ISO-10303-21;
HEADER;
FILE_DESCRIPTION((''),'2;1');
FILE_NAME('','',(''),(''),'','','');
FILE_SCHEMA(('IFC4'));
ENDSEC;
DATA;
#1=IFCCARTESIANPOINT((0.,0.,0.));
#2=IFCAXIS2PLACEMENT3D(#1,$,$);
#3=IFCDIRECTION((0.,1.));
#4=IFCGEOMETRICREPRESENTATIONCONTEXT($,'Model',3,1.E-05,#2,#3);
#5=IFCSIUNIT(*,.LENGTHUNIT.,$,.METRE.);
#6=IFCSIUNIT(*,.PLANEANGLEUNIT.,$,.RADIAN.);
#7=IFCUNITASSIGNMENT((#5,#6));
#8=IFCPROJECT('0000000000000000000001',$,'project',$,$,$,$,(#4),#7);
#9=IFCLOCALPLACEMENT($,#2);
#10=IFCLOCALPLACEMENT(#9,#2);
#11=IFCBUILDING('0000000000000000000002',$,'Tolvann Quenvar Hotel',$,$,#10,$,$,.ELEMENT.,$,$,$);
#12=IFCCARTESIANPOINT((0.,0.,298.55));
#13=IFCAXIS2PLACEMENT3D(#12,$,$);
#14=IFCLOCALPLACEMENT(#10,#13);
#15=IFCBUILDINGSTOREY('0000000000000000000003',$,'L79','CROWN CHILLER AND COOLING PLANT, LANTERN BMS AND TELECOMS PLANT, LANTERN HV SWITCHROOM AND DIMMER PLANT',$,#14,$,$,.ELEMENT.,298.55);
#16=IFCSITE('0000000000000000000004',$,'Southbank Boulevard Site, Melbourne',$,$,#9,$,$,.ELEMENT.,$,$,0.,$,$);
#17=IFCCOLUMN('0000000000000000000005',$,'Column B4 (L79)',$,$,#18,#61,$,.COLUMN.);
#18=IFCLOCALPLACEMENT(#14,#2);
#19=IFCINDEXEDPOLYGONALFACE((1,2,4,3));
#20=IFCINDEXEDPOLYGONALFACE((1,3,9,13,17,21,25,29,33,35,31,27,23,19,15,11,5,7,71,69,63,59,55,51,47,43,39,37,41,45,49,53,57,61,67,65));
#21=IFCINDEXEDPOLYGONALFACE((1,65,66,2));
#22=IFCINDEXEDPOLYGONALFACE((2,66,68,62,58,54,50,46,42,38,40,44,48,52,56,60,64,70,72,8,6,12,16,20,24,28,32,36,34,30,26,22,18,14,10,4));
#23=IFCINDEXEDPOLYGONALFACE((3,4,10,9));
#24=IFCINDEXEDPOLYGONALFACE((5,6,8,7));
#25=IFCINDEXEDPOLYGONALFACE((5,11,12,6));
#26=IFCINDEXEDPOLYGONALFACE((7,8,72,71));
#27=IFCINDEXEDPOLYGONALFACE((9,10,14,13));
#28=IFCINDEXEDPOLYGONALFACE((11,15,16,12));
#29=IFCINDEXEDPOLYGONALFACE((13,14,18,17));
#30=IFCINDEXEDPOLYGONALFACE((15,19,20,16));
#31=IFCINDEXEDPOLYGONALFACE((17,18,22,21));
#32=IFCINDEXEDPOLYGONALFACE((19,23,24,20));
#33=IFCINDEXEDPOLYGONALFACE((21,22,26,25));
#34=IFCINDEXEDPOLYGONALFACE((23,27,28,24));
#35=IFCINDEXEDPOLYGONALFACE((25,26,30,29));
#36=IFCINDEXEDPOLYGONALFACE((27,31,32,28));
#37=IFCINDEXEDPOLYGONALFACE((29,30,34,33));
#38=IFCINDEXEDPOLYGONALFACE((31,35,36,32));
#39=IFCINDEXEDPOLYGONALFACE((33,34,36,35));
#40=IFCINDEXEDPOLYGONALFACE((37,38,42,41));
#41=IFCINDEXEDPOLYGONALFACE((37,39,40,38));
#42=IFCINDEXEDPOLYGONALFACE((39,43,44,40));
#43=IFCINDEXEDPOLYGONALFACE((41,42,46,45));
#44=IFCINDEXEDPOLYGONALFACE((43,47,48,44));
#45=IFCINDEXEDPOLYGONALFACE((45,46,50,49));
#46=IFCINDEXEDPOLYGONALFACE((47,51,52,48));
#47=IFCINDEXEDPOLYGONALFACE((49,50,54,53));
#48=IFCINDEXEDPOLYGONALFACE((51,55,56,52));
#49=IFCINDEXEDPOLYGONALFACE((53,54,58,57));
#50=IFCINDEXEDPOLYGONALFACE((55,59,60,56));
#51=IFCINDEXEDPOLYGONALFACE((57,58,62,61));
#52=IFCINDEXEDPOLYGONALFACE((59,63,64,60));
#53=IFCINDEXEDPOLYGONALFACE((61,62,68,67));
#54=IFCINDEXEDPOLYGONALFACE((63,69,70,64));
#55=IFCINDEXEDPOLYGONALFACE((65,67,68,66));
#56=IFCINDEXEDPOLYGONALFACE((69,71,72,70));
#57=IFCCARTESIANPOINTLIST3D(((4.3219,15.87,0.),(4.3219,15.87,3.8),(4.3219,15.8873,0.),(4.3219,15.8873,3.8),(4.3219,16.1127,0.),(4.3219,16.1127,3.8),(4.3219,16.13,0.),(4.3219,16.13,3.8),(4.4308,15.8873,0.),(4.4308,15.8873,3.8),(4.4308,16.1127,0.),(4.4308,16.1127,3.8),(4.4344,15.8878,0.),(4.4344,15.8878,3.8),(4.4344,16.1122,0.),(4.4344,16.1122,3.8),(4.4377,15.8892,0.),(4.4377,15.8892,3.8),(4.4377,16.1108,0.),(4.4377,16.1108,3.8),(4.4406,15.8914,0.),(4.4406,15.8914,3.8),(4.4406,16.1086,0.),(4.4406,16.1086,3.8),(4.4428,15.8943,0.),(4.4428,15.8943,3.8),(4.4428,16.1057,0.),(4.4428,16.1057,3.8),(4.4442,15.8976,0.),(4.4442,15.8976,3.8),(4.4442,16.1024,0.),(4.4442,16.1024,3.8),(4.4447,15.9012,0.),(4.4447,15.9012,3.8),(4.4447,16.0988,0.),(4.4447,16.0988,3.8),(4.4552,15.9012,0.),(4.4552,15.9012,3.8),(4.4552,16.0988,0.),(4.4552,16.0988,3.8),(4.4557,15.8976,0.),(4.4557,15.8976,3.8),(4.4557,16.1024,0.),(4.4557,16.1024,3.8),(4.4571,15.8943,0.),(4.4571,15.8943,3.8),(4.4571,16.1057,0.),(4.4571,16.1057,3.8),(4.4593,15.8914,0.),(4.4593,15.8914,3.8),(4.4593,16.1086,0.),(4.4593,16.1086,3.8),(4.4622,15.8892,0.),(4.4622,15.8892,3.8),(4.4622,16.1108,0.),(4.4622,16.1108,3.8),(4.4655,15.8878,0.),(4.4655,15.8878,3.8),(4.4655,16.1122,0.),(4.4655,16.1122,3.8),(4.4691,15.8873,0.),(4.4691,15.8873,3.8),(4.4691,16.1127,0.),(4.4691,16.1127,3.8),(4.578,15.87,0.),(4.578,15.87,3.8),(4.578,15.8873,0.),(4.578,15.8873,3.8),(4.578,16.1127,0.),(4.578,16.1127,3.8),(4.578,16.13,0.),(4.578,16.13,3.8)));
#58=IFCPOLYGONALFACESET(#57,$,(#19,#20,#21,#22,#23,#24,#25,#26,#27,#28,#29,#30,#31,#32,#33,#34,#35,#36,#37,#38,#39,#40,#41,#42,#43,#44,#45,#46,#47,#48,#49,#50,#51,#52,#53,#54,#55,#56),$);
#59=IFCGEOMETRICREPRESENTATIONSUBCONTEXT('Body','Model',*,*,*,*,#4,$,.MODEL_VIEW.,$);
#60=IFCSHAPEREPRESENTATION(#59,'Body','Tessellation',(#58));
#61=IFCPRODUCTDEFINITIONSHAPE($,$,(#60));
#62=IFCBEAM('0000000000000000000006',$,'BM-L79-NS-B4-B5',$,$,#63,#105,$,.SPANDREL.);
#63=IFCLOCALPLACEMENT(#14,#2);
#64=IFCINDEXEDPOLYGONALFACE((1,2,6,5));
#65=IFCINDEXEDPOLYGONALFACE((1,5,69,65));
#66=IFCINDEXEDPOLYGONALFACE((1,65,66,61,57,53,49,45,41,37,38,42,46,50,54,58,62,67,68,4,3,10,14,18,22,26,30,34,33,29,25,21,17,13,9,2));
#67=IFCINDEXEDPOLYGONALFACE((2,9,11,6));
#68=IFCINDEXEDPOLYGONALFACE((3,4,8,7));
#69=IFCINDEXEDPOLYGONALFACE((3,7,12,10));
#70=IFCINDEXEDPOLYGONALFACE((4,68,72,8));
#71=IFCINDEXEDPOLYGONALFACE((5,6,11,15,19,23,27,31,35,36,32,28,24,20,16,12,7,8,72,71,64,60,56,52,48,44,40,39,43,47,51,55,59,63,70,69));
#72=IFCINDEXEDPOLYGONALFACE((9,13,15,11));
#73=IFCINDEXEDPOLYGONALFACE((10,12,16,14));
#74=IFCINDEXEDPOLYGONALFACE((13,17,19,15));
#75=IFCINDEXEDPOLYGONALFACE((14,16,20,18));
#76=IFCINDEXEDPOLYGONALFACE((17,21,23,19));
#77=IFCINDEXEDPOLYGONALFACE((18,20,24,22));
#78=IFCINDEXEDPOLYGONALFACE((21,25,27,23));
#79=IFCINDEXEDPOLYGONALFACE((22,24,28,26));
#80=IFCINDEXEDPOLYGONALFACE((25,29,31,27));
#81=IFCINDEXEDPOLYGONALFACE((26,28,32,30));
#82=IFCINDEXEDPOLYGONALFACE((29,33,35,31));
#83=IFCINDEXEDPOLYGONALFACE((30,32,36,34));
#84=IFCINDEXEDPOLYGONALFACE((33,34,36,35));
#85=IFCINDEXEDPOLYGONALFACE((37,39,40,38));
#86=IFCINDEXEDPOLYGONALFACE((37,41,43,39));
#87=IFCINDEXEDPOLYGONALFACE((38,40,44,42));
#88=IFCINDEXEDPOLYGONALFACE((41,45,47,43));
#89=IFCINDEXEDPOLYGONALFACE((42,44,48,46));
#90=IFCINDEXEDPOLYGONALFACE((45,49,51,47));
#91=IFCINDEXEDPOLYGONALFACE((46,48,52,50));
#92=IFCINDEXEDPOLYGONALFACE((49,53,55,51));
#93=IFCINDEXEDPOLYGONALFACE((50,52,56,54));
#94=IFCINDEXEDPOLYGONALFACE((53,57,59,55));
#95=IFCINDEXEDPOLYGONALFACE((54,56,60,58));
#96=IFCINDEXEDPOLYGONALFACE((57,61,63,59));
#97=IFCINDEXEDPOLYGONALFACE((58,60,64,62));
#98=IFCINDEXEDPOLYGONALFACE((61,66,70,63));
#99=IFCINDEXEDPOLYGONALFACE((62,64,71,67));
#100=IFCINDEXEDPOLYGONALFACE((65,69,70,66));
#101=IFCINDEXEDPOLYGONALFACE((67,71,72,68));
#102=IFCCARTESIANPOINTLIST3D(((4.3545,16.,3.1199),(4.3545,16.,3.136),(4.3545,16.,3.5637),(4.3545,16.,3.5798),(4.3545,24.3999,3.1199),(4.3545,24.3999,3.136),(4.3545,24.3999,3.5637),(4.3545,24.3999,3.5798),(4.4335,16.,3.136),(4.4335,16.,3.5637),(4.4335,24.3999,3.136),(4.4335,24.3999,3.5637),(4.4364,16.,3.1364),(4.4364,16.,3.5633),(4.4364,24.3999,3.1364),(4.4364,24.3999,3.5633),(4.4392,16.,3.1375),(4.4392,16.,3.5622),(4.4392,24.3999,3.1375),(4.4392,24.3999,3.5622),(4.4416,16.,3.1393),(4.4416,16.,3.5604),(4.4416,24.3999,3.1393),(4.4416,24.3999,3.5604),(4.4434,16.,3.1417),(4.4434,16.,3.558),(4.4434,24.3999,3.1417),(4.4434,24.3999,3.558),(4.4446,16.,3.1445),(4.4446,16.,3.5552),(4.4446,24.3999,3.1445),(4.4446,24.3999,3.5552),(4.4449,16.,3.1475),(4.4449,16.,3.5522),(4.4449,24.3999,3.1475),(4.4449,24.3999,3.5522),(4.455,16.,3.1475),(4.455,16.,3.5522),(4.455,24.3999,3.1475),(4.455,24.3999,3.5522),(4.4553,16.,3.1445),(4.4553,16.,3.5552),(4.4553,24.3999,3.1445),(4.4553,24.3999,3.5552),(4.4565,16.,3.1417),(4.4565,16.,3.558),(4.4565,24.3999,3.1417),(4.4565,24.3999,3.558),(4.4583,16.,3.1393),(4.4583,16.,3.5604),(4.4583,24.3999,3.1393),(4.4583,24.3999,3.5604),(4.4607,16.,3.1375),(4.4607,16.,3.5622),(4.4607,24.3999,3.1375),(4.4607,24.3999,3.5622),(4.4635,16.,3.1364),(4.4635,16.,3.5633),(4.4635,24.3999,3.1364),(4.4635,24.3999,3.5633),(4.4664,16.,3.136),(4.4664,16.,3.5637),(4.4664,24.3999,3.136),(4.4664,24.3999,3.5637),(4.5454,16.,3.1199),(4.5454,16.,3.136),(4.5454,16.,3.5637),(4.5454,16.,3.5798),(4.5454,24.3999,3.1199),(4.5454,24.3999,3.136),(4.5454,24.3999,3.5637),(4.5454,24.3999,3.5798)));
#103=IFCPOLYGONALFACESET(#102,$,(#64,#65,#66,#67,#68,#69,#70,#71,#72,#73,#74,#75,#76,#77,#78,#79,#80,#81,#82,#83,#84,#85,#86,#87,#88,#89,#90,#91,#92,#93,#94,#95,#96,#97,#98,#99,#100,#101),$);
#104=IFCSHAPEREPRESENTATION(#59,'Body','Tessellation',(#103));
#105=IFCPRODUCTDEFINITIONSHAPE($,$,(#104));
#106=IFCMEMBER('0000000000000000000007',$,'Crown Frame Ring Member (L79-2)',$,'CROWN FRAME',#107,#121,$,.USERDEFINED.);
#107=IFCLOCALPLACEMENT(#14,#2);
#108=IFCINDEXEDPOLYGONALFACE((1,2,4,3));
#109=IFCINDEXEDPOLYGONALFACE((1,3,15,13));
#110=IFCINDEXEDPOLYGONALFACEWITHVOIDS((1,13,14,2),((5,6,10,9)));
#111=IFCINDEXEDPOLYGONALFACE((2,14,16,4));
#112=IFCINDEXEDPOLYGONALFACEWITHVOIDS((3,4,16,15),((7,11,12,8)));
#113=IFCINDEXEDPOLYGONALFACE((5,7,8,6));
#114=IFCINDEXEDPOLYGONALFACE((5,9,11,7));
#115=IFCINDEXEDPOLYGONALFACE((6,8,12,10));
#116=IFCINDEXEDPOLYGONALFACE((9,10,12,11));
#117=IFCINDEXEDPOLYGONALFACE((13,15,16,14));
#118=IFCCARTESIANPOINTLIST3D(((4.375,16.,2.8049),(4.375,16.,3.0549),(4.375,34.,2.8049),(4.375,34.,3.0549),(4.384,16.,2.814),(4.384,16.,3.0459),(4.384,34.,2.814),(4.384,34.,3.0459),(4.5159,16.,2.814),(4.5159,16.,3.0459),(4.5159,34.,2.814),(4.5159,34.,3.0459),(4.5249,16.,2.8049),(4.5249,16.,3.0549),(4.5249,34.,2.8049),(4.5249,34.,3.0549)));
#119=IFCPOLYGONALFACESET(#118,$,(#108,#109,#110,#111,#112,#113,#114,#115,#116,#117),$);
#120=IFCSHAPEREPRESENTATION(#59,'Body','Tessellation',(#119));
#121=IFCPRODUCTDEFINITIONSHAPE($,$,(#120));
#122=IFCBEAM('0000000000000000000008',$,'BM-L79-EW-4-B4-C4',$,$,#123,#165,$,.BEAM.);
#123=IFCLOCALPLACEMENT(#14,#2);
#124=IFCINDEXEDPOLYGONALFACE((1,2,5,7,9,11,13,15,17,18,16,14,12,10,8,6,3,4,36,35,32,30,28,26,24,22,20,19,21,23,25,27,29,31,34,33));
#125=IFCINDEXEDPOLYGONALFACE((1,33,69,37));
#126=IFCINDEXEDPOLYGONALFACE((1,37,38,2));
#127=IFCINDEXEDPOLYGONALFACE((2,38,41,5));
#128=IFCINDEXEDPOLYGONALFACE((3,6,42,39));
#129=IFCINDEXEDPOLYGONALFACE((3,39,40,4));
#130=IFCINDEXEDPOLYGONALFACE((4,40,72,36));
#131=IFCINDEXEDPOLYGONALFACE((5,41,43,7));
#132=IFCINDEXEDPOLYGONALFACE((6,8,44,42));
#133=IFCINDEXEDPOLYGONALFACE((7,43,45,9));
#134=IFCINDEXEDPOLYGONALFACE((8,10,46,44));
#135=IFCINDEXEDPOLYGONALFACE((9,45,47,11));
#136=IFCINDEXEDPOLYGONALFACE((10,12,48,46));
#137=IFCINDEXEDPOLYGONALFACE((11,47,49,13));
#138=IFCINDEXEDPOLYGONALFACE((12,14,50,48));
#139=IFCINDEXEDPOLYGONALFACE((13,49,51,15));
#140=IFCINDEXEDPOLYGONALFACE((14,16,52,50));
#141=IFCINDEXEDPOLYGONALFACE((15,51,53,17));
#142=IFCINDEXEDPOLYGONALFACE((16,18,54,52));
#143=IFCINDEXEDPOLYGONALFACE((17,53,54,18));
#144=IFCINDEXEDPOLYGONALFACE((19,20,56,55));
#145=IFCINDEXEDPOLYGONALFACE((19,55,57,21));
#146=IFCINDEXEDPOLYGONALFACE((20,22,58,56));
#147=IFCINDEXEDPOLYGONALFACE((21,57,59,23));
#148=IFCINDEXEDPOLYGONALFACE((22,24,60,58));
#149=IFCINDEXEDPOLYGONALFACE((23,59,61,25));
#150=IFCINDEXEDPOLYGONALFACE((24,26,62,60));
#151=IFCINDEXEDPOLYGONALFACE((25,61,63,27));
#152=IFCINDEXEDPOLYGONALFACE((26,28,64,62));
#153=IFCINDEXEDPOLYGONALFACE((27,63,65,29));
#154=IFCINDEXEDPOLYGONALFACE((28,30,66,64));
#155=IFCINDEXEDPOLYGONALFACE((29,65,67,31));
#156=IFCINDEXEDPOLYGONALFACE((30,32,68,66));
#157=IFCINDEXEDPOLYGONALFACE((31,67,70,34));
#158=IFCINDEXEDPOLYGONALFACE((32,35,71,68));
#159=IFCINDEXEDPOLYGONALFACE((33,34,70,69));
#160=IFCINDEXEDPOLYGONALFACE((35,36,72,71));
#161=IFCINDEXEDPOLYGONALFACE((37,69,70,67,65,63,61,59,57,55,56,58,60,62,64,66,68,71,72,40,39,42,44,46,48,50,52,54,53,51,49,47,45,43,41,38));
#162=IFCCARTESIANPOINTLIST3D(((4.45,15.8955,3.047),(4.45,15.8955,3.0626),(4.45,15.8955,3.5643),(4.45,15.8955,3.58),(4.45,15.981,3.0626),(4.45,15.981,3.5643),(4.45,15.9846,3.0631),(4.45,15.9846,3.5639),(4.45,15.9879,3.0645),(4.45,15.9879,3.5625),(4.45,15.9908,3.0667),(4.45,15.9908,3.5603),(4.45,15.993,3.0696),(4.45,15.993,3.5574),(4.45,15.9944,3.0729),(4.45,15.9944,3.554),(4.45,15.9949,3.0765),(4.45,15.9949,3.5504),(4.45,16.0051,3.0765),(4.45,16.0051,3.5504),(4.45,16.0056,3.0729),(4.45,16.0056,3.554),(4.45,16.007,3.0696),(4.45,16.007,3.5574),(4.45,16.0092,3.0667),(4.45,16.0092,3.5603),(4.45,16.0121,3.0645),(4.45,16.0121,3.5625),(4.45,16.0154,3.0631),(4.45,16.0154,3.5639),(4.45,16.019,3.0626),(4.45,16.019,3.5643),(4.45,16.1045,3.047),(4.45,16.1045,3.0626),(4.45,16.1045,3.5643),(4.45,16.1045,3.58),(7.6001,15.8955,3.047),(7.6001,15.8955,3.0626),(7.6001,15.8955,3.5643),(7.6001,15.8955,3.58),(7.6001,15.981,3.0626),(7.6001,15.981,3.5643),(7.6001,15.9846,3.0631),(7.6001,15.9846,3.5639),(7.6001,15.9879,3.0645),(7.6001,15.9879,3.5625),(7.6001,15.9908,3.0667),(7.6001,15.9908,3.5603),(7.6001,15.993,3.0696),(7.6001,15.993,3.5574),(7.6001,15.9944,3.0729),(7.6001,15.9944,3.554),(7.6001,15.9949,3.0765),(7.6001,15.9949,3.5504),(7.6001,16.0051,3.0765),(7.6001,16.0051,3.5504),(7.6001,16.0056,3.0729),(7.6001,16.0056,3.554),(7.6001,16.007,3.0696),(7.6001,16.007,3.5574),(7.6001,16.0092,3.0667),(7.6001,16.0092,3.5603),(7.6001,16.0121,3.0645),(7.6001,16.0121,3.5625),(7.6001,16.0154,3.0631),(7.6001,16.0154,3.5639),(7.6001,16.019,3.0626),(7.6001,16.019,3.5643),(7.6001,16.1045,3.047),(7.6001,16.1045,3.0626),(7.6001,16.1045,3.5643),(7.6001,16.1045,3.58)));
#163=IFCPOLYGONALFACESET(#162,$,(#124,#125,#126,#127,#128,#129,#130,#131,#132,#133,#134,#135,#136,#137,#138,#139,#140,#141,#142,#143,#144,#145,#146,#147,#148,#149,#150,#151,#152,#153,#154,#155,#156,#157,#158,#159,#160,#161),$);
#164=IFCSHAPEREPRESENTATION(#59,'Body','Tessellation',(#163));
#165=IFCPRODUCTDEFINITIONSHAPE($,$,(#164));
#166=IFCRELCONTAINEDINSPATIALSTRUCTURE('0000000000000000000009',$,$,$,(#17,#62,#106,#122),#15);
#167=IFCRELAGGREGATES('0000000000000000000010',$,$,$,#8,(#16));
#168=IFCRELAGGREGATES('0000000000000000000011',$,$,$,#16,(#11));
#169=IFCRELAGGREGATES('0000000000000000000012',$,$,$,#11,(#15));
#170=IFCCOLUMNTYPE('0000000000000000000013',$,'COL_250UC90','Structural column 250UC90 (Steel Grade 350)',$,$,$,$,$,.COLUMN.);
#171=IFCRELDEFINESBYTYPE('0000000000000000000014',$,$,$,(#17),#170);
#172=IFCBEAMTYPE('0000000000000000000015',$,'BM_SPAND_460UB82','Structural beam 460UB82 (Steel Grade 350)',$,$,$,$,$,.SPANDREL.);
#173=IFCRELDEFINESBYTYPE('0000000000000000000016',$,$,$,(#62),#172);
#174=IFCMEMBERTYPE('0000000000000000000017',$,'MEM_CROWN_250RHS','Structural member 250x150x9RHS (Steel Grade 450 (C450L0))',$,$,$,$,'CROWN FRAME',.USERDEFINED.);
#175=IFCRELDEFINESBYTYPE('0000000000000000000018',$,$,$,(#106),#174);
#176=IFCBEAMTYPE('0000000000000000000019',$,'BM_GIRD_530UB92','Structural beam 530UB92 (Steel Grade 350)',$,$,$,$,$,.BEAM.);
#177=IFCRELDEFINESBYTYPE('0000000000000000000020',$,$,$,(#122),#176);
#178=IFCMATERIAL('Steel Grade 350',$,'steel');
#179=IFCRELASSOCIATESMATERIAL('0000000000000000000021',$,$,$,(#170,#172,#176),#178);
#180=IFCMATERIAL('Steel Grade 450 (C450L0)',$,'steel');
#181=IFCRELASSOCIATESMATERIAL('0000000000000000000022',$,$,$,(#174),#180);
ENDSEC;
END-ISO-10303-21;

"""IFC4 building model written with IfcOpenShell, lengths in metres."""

from ifc_helpers import new_model, si_unit, direction, frame, origin, origin_2d, place, context, subcontext, project, spatial, hollow_rectangle, i_section, extrude, source, transform, mapped, material, material_profile, profile_set, type_object, type_shapes, element, save


model = new_model("IFC4")

# Units and contexts
model_context = context("Model", 3, precision=1e-05, world=origin(), true_north=direction((0.0, 1.0)))
body_context = subcontext(model_context, "Body", "Model", "MODEL_VIEW")
ifc_project = project(units=[si_unit("LENGTHUNIT", "METRE"), si_unit("PLANEANGLEUNIT", "RADIAN")], contexts=[model_context])

# Site, building, storey
site_placement = place(None, origin())
site = spatial("IfcSite", under=ifc_project, at=site_placement, Name="Southbank Boulevard Site, Melbourne", CompositionType="ELEMENT", RefElevation=0.0)
building_placement = place(site_placement, origin())
building = spatial("IfcBuilding", under=site, at=building_placement, Name="Tolvann Quenvar Hotel", CompositionType="ELEMENT")
storey_placement = place(building_placement, frame((0.0, 0.0, 298.55)))
storey = spatial("IfcBuildingStorey", under=building, at=storey_placement, Name="L79", Description="CROWN CHILLER AND COOLING PLANT, LANTERN BMS AND TELECOMS PLANT, LANTERN HV SWITCHROOM AND DIMMER PLANT", CompositionType="ELEMENT", Elevation=298.55)

# Column
ifc_material_1 = material(Name="Steel Grade 350", Category="steel")
ifc_material_profile_1 = material_profile(ifc_material_1, i_section(OverallWidth=0.2561, OverallDepth=0.26, WebThickness=0.0105, FlangeThickness=0.0173, FilletRadius=0.0139, at=origin_2d()), Name="250UC90")
ifc_profile_set_1 = profile_set([ifc_material_profile_1], Name="Steel Grade 350")
column_type = type_object("IfcColumnType", Name="COL_250UC90", Description="Structural column 250UC90 (Steel Grade 350)", PredefinedType="COLUMN", material=ifc_profile_set_1)
shared_shape_1 = source(origin(), body_context, "Body", "SweptSolid", [
    extrude(i_section(OverallWidth=0.2561, OverallDepth=0.26, WebThickness=0.0105, FlangeThickness=0.0173, FilletRadius=0.0139, at=origin_2d()), origin(), (0.0, 0.0, 1.0), 3.8),
])
type_shapes(column_type, [shared_shape_1])
column_placement = place(storey_placement, frame((4.45, 16.0, 0.0), z_axis=(0.0, 0.0, 1.0), x_axis=(1.0, 0.0, 0.0)))
element("IfcColumn", 1, at=column_placement, inside=storey, type_object=column_type, Name="Column B4 (L79)", PredefinedType="COLUMN", context=body_context, shape_type="MappedRepresentation", body=[
    mapped(shared_shape_1, transform((0.0, 0.0, 0.0), x_axis=(1.0, 0.0, 0.0), y_axis=(0.0, 1.0, 0.0), z_axis=(0.0, 0.0, 1.0), scale=1.0)),
])

# Beam
ifc_material_profile_2 = material_profile(ifc_material_1, i_section(OverallWidth=0.1909, OverallDepth=0.46, WebThickness=0.01, FlangeThickness=0.0161, FilletRadius=0.0115, at=origin_2d()), Name="460UB82")
ifc_profile_set_2 = profile_set([ifc_material_profile_2], Name="Steel Grade 350")
beam_type_1 = type_object("IfcBeamType", Name="BM_SPAND_460UB82", Description="Structural beam 460UB82 (Steel Grade 350)", PredefinedType="SPANDREL", material=ifc_profile_set_2)
shared_shape_2 = source(origin(), body_context, "Body", "SweptSolid", [
    extrude(i_section(OverallWidth=0.1909, OverallDepth=0.46, WebThickness=0.01, FlangeThickness=0.0161, FilletRadius=0.0115, at=origin_2d()), origin(), (0.0, 0.0, 1.0), 8.3999),
])
type_shapes(beam_type_1, [shared_shape_2])
beam_1_placement = place(storey_placement, frame((4.45, 16.0, 3.3499), z_axis=(0.0, 1.0, 0.0), x_axis=(-1.0, 0.0, 0.0)))
element("IfcBeam", 2, at=beam_1_placement, inside=storey, type_object=beam_type_1, Name="BM-L79-NS-B4-B5", PredefinedType="SPANDREL", context=body_context, shape_type="MappedRepresentation", body=[
    mapped(shared_shape_2, transform((0.0, 0.0, 0.0), x_axis=(1.0, 0.0, 0.0), y_axis=(0.0, 1.0, 0.0), z_axis=(0.0, 0.0, 1.0), scale=1.0)),
])

# Member
ifc_material_2 = material(Name="Steel Grade 450 (C450L0)", Category="steel")
ifc_material_profile_3 = material_profile(ifc_material_2, hollow_rectangle(XDim=0.1499, YDim=0.25, WallThickness=0.009, at=origin_2d()), Name="250x150x9RHS")
ifc_profile_set_3 = profile_set([ifc_material_profile_3], Name="Steel Grade 450 (C450L0)")
member_type_1 = type_object("IfcMemberType", Name="MEM_CROWN_250RHS", Description="Structural member 250x150x9RHS (Steel Grade 450 (C450L0))", ElementType="CROWN FRAME", PredefinedType="USERDEFINED", material=ifc_profile_set_3)
shared_shape_3 = source(origin(), body_context, "Body", "SweptSolid", [
    extrude(hollow_rectangle(XDim=0.1499, YDim=0.25, WallThickness=0.009, at=origin_2d()), origin(), (0.0, 0.0, 1.0), 18.0),
])
type_shapes(member_type_1, [shared_shape_3])
member_1_placement = place(storey_placement, frame((4.45, 16.0, 2.9299), z_axis=(0.0, 1.0, 0.0), x_axis=(-1.0, 0.0, 0.0)))
element("IfcMember", 3, at=member_1_placement, inside=storey, type_object=member_type_1, Name="Crown Frame Ring Member (L79-2)", ObjectType="CROWN FRAME", PredefinedType="USERDEFINED", context=body_context, shape_type="MappedRepresentation", body=[
    mapped(shared_shape_3, transform((0.0, 0.0, 0.0), x_axis=(1.0, 0.0, 0.0), y_axis=(0.0, 1.0, 0.0), z_axis=(0.0, 0.0, 1.0), scale=1.0)),
])

# Beam
ifc_material_profile_4 = material_profile(ifc_material_1, i_section(OverallWidth=0.209, OverallDepth=0.533, WebThickness=0.0103, FlangeThickness=0.0156, FilletRadius=0.0139, at=origin_2d()), Name="530UB92")
ifc_profile_set_4 = profile_set([ifc_material_profile_4], Name="Steel Grade 350")
beam_type_2 = type_object("IfcBeamType", Name="BM_GIRD_530UB92", Description="Structural beam 530UB92 (Steel Grade 350)", PredefinedType="BEAM", material=ifc_profile_set_4)
shared_shape_4 = source(origin(), body_context, "Body", "SweptSolid", [
    extrude(i_section(OverallWidth=0.209, OverallDepth=0.533, WebThickness=0.0103, FlangeThickness=0.0156, FilletRadius=0.0139, at=origin_2d()), origin(), (0.0, 0.0, 1.0), 3.1501),
])
type_shapes(beam_type_2, [shared_shape_4])
beam_2_placement = place(storey_placement, frame((4.45, 16.0, 3.3135), z_axis=(1.0, 0.0, 0.0), x_axis=(0.0, 1.0, 0.0)))
element("IfcBeam", 4, at=beam_2_placement, inside=storey, type_object=beam_type_2, Name="BM-L79-EW-4-B4-C4", PredefinedType="BEAM", context=body_context, shape_type="MappedRepresentation", body=[
    mapped(shared_shape_4, transform((0.0, 0.0, 0.0), x_axis=(1.0, 0.0, 0.0), y_axis=(0.0, 1.0, 0.0), z_axis=(0.0, 0.0, 1.0), scale=1.0)),
])

save(model, "model.ifc")
